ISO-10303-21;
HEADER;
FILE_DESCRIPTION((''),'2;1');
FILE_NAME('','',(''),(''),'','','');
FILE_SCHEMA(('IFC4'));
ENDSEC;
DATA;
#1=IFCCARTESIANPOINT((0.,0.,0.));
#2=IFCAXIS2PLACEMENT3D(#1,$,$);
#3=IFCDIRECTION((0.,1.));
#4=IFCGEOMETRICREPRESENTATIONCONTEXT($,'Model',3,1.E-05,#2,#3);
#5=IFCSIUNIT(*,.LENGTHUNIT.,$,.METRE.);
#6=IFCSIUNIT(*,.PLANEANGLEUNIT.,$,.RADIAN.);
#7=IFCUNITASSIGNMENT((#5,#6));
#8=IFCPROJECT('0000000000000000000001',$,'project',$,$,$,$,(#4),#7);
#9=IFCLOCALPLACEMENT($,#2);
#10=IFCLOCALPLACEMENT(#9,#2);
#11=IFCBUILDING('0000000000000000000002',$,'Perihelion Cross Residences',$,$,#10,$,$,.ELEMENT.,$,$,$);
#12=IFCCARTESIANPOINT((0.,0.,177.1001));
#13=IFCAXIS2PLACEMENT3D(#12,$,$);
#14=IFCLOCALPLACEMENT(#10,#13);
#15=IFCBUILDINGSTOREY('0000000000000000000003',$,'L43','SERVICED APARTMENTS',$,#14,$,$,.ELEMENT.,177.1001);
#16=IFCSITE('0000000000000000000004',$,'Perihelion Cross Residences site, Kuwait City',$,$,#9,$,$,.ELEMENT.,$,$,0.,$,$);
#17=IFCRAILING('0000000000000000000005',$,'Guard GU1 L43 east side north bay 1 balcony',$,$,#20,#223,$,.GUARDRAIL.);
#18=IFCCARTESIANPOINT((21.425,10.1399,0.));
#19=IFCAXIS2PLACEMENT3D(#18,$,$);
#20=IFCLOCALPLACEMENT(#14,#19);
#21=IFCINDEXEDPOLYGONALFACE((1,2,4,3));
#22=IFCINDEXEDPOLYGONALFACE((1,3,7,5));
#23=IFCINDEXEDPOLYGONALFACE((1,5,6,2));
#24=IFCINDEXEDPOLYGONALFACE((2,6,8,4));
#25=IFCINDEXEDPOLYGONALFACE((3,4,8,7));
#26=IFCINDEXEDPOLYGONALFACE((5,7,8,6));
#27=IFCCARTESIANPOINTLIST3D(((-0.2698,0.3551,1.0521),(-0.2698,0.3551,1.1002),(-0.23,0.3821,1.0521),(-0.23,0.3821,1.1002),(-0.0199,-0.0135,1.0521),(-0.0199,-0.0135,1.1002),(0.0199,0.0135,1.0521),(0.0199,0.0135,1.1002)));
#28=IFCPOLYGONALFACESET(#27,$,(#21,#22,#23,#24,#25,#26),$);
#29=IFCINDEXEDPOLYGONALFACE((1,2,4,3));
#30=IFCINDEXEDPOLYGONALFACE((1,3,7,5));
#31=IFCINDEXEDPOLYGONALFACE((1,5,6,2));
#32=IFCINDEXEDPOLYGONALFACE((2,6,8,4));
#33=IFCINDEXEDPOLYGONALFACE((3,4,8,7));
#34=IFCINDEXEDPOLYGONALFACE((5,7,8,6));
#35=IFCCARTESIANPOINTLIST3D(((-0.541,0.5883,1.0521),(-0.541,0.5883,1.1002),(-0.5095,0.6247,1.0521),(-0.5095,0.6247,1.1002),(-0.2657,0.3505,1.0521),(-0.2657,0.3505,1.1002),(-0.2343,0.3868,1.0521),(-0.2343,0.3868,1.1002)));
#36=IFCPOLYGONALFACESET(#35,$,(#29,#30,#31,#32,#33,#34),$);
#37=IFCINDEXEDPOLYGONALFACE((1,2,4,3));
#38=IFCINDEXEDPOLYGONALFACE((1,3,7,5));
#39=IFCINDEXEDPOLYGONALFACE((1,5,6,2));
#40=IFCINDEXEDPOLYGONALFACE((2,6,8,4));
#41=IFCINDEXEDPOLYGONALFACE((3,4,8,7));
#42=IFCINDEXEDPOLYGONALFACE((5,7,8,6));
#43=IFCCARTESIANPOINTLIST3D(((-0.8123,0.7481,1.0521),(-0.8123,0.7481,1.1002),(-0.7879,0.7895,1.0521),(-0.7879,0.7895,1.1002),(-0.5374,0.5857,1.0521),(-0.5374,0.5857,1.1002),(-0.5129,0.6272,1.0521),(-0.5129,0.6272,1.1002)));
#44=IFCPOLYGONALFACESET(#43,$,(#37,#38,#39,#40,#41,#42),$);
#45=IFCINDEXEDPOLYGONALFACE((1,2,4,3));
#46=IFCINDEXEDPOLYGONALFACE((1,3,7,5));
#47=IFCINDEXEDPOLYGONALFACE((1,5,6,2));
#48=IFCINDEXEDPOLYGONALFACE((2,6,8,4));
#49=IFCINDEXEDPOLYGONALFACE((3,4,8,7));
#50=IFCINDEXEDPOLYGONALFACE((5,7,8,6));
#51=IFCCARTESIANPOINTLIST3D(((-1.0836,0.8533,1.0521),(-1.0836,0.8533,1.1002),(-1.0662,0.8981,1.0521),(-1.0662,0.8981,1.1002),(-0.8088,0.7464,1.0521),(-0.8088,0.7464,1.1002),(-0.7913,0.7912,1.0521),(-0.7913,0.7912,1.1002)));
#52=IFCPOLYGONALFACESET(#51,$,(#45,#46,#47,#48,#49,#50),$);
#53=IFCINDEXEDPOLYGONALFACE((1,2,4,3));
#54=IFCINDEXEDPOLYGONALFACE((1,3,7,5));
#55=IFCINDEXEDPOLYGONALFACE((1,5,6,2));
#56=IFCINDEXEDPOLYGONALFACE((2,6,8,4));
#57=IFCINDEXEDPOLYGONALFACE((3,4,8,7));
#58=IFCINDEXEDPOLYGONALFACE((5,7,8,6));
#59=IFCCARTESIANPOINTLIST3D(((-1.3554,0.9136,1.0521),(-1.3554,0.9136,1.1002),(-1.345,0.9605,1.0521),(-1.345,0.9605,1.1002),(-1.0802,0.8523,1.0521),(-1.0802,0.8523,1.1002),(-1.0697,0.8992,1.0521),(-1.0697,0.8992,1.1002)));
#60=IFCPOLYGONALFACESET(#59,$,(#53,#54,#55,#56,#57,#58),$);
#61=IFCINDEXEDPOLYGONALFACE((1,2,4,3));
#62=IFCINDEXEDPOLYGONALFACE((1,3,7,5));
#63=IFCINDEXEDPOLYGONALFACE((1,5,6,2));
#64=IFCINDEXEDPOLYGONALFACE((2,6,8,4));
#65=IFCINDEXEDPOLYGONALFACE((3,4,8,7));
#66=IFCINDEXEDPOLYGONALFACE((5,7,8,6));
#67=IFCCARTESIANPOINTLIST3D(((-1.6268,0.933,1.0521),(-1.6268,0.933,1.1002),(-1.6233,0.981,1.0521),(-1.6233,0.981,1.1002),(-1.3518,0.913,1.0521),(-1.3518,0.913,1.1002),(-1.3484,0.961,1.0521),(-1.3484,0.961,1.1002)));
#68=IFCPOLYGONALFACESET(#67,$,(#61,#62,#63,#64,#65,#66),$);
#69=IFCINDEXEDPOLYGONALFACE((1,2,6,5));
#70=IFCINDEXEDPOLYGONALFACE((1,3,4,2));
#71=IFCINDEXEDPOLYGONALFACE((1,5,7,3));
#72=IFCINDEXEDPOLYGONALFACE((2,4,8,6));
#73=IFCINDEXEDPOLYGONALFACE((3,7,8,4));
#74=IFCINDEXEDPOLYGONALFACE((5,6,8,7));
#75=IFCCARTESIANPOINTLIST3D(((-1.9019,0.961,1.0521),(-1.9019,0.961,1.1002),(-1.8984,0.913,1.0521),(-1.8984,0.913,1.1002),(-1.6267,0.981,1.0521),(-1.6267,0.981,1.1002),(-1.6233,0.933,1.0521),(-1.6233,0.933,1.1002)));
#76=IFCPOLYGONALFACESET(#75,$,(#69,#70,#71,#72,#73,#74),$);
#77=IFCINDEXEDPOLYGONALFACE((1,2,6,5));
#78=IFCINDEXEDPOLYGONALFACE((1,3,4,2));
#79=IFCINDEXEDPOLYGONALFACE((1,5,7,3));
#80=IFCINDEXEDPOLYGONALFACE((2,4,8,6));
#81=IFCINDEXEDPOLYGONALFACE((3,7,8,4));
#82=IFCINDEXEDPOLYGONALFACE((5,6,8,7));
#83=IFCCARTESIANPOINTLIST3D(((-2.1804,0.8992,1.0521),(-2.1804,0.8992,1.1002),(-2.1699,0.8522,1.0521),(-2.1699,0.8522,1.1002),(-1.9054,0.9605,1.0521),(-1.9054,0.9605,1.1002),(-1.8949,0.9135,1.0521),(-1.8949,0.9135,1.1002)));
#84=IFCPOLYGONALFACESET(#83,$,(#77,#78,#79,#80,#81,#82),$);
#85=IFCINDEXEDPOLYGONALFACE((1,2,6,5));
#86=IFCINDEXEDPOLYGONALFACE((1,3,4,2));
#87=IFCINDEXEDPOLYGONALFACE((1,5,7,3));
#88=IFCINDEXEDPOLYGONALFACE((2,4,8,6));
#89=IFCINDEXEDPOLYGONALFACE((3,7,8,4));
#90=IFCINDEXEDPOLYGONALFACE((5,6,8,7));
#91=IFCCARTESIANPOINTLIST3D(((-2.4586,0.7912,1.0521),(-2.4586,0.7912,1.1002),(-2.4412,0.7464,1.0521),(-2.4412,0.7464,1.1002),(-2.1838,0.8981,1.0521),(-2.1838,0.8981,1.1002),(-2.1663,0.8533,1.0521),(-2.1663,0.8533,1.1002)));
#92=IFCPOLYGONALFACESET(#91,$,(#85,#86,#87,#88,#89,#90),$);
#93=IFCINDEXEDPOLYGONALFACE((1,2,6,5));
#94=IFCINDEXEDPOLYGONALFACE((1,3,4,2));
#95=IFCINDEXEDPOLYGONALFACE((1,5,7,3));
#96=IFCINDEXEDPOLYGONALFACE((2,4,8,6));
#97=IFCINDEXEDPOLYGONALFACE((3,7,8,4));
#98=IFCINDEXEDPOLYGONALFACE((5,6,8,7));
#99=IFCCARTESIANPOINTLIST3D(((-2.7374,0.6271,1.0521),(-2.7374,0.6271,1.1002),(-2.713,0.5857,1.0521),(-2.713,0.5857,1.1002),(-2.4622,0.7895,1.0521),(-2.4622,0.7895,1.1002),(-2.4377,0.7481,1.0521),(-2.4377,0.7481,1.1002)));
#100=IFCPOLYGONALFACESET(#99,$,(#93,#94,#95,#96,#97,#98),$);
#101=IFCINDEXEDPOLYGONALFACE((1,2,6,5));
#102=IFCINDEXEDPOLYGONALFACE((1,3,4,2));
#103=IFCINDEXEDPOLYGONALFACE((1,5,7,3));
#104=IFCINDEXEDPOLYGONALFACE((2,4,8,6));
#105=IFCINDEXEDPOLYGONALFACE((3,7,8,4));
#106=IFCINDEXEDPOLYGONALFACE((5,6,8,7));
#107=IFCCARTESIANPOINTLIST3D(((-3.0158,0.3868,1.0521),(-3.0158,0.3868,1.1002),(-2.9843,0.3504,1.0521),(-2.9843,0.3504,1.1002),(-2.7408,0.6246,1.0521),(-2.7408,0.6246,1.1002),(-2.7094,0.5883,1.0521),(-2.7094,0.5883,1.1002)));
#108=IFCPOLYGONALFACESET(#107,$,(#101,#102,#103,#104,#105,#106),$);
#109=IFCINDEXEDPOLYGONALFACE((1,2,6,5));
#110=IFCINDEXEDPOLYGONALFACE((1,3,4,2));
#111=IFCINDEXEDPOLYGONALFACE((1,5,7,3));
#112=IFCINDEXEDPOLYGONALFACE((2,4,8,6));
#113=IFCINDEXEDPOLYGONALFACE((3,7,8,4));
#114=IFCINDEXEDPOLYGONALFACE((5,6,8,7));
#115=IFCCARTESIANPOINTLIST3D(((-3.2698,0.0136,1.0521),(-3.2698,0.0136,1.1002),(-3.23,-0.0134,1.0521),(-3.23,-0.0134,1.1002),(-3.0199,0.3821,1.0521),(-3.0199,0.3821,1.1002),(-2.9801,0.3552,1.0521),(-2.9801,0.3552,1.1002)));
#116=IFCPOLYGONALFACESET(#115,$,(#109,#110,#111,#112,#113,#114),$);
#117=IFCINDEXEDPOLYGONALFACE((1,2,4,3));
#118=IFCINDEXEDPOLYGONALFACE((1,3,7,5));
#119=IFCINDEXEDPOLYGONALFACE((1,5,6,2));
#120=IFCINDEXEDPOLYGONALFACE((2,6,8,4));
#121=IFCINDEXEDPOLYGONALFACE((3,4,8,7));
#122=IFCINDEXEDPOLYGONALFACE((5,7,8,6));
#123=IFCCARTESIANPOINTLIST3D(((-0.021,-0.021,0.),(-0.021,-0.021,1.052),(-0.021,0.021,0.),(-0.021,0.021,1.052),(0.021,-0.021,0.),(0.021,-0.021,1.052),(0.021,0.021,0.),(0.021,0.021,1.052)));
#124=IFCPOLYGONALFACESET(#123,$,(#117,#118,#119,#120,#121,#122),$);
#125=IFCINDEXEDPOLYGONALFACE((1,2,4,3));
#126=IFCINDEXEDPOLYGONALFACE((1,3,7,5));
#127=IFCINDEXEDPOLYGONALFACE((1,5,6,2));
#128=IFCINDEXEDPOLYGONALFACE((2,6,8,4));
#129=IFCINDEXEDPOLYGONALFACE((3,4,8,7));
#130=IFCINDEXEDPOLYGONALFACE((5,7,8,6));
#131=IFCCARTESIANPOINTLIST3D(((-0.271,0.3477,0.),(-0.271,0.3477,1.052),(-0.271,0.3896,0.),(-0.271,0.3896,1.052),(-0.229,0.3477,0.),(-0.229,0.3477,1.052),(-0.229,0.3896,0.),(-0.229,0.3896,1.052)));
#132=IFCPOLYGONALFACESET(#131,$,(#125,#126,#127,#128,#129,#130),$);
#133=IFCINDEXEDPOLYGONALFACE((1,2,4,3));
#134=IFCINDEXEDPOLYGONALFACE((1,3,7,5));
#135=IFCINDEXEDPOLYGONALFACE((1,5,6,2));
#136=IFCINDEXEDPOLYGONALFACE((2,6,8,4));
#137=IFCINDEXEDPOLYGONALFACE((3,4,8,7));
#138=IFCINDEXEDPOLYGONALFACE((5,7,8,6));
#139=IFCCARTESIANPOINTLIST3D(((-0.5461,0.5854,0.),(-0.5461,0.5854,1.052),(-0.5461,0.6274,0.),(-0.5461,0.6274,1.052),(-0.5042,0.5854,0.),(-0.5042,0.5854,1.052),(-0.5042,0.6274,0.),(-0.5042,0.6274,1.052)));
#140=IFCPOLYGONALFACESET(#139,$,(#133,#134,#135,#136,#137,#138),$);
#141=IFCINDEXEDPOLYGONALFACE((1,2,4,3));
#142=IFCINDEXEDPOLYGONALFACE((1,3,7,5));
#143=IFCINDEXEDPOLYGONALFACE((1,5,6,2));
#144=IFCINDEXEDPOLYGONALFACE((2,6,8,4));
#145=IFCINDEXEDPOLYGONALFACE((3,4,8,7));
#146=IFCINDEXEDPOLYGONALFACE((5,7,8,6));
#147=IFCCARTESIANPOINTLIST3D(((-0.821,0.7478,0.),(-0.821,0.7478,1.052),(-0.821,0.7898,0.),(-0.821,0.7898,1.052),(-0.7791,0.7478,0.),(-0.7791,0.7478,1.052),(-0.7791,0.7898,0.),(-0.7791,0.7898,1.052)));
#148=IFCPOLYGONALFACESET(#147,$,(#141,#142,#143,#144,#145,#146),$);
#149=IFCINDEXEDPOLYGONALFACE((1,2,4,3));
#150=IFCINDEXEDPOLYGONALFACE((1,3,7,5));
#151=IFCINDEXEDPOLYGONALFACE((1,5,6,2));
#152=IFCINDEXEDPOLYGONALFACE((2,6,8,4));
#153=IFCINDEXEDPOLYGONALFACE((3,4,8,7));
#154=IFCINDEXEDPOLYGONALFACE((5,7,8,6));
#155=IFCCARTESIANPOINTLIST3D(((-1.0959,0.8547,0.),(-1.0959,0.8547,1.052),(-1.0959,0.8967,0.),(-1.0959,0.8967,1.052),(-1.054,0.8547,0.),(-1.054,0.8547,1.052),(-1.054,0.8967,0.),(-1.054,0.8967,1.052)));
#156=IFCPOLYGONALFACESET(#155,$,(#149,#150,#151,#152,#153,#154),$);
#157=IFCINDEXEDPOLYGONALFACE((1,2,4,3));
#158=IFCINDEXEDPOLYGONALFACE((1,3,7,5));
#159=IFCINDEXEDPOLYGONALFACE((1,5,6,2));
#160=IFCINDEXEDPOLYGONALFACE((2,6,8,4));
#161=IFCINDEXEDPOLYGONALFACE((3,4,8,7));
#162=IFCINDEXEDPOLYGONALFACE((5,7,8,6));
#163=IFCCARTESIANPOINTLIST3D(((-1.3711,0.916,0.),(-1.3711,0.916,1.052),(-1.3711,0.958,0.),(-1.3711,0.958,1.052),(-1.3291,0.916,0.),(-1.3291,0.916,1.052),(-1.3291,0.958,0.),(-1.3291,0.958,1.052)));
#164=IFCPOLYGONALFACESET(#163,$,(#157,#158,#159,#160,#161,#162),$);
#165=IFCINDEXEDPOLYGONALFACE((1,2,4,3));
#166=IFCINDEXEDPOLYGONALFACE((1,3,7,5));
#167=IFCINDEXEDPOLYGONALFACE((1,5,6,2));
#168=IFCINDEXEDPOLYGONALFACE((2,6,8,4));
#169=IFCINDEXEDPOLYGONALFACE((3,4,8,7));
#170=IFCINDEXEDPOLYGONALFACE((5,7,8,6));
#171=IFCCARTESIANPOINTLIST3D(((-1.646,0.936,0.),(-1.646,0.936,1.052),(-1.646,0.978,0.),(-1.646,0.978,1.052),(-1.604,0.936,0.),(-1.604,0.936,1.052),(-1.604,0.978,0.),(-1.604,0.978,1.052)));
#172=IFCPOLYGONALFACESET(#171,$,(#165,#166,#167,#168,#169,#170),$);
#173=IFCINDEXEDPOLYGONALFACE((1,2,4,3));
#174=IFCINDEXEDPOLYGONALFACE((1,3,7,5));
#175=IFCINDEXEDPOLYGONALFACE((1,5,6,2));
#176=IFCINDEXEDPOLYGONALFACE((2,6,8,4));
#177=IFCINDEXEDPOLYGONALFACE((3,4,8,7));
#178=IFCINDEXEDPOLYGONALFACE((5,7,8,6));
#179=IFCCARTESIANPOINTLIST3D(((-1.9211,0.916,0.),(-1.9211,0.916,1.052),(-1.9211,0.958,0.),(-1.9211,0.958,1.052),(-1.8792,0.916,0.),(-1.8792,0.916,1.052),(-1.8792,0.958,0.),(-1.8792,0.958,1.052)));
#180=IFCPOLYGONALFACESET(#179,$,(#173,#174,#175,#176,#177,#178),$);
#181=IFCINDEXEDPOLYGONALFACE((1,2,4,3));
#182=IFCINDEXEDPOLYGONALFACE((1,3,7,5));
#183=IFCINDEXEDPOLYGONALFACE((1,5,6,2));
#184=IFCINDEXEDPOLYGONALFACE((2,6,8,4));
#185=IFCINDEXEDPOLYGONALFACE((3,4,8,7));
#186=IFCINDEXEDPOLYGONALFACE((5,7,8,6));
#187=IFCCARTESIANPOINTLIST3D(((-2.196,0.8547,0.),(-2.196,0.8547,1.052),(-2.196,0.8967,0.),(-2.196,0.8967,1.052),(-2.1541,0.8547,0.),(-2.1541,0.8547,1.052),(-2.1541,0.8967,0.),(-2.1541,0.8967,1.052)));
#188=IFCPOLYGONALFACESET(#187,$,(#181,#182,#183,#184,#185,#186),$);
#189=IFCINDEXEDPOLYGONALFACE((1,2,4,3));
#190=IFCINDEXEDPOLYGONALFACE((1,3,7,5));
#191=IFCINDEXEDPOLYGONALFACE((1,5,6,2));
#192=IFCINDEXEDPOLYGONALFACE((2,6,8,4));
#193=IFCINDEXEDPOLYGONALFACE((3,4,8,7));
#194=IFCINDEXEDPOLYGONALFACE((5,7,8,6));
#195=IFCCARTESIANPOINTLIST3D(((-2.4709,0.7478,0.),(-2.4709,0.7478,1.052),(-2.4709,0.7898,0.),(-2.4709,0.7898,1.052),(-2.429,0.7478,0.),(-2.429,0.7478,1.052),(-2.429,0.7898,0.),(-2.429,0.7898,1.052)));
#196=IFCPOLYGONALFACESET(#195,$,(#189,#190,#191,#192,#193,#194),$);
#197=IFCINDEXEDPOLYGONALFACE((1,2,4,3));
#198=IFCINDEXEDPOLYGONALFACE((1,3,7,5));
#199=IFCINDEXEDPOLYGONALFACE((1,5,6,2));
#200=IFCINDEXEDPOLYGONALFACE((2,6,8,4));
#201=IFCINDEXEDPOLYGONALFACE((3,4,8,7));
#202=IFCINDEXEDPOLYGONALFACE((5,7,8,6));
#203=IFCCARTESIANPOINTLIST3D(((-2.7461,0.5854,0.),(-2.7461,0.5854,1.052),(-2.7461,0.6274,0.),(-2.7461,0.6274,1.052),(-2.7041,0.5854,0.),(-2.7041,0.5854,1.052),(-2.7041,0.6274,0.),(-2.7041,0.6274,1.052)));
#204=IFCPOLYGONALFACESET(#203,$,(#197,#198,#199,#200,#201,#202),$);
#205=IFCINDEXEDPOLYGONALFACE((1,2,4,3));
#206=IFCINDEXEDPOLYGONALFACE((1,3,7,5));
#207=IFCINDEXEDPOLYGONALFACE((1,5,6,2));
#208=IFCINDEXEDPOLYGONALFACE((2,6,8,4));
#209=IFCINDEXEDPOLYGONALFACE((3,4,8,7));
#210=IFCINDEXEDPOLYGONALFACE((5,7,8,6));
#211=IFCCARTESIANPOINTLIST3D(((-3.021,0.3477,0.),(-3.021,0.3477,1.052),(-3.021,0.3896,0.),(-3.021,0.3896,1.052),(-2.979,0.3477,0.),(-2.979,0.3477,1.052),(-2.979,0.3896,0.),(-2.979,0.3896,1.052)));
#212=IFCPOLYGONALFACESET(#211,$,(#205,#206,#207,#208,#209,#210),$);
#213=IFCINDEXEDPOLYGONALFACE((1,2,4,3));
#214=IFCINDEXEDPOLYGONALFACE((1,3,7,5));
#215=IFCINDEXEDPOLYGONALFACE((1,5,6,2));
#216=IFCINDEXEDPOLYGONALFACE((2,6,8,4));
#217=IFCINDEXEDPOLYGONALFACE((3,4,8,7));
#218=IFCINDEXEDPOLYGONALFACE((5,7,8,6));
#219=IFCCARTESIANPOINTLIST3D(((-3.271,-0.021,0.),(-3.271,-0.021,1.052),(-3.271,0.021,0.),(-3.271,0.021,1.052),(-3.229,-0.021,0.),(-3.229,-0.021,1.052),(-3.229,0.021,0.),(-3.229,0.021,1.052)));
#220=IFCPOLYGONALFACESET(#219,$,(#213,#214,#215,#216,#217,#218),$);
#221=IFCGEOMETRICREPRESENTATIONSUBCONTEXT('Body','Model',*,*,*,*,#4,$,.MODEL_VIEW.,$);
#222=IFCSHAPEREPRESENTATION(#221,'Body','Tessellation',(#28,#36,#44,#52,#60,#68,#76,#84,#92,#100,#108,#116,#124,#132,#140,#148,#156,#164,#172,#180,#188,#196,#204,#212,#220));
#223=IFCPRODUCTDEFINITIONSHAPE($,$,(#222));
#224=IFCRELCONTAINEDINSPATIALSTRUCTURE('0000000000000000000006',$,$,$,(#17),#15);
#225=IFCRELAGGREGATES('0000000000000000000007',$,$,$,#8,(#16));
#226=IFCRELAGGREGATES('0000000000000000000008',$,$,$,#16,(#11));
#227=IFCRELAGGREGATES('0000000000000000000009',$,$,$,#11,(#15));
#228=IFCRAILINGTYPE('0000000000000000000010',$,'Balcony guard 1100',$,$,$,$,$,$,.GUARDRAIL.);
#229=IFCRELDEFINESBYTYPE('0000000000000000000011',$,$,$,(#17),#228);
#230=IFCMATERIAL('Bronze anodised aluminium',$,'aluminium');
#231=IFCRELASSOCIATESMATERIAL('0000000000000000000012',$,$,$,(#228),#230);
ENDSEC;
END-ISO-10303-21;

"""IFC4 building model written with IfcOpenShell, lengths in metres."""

from ifc_helpers import new_model, si_unit, direction, frame, origin, origin_2d, place, context, subcontext, project, spatial, rectangle, extrude, material, type_object, element, save


model = new_model("IFC4")

# Units and contexts
model_context = context("Model", 3, precision=1e-05, world=origin(), true_north=direction((0.0, 1.0)))
body_context = subcontext(model_context, "Body", "Model", "MODEL_VIEW")
ifc_project = project(units=[si_unit("LENGTHUNIT", "METRE"), si_unit("PLANEANGLEUNIT", "RADIAN")], contexts=[model_context])

# Site, building, storey
site_placement = place(None, origin())
site = spatial("IfcSite", under=ifc_project, at=site_placement, Name="Perihelion Cross Residences site, Kuwait City", CompositionType="ELEMENT", RefElevation=0.0)
building_placement = place(site_placement, origin())
building = spatial("IfcBuilding", under=site, at=building_placement, Name="Perihelion Cross Residences", CompositionType="ELEMENT")
storey_placement = place(building_placement, frame((0.0, 0.0, 177.1001)))
storey = spatial("IfcBuildingStorey", under=building, at=storey_placement, Name="L43", Description="SERVICED APARTMENTS", CompositionType="ELEMENT", Elevation=177.1001)

# Railing
ifc_material_1 = material(Name="Bronze anodised aluminium", Category="aluminium")
railing_type_1 = type_object("IfcRailingType", Name="Balcony guard 1100", PredefinedType="GUARDRAIL", material=ifc_material_1)
railing_1_placement = place(storey_placement, frame((21.425, 10.1399, 0.0)))
element("IfcRailing", 1, at=railing_1_placement, inside=storey, type_object=railing_type_1, Name="Guard GU1 L43 east side north bay 1 balcony", PredefinedType="GUARDRAIL", context=body_context, shape_type="SweptSolid", body=[
    extrude(rectangle(XDim=0.0481, YDim=0.0481, at=origin_2d()), frame((0.0, 0.0, 1.0762), z_axis=(-0.56126, 0.827639, 0.0), x_axis=(-0.827639, -0.56126, 0.0)), (0.0, 0.0, 1.0), 0.4453),
    extrude(rectangle(XDim=0.0481, YDim=0.0481, at=origin_2d()), frame((-0.25, 0.3687, 1.0762), z_axis=(-0.756597, 0.653882, 0.0), x_axis=(-0.653882, -0.756597, 0.0)), (0.0, 0.0, 1.0), 0.3638),
    extrude(rectangle(XDim=0.0481, YDim=0.0481, at=origin_2d()), frame((-0.5251, 0.6064, 1.0762), z_axis=(-0.861048, 0.508523, 0.0), x_axis=(-0.508523, -0.861048, 0.0)), (0.0, 0.0, 1.0), 0.3193),
    extrude(rectangle(XDim=0.0481, YDim=0.0481, at=origin_2d()), frame((-0.8, 0.7688, 1.0762), z_axis=(-0.931974, 0.362526, 0.0), x_axis=(-0.362526, -0.931974, 0.0)), (0.0, 0.0, 1.0), 0.2949),
    extrude(rectangle(XDim=0.0481, YDim=0.0481, at=origin_2d()), frame((-1.075, 0.8757, 1.0762), z_axis=(-0.976085, 0.217389, 0.0), x_axis=(-0.217389, -0.976085, 0.0)), (0.0, 0.0, 1.0), 0.282),
    extrude(rectangle(XDim=0.0481, YDim=0.0481, at=origin_2d()), frame((-1.3501, 0.937, 1.0762), z_axis=(-0.997359, 0.072632, 0.0), x_axis=(-0.072632, -0.997359, 0.0)), (0.0, 0.0, 1.0), 0.2756),
    extrude(rectangle(XDim=0.0481, YDim=0.0481, at=origin_2d()), frame((-1.625, 0.957, 1.0762), z_axis=(-0.997363, -0.072568, 0.0), x_axis=(0.072568, -0.997363, 0.0)), (0.0, 0.0, 1.0), 0.2759),
    extrude(rectangle(XDim=0.0481, YDim=0.0481, at=origin_2d()), frame((-1.9001, 0.937, 1.0762), z_axis=(-0.976044, -0.217573, 0.0), x_axis=(0.217573, -0.976044, 0.0)), (0.0, 0.0, 1.0), 0.2817),
    extrude(rectangle(XDim=0.0481, YDim=0.0481, at=origin_2d()), frame((-2.175, 0.8757, 1.0762), z_axis=(-0.931974, -0.362526, 0.0), x_axis=(0.362526, -0.931974, 0.0)), (0.0, 0.0, 1.0), 0.2949),
    extrude(rectangle(XDim=0.0481, YDim=0.0481, at=origin_2d()), frame((-2.45, 0.7688, 1.0762), z_axis=(-0.861246, -0.508189, 0.0), x_axis=(0.508189, -0.861246, 0.0)), (0.0, 0.0, 1.0), 0.3196),
    extrude(rectangle(XDim=0.0481, YDim=0.0481, at=origin_2d()), frame((-2.7251, 0.6064, 1.0762), z_axis=(-0.756309, -0.654214, 0.0), x_axis=(0.654214, -0.756309, 0.0)), (0.0, 0.0, 1.0), 0.3635),
    extrude(rectangle(XDim=0.0481, YDim=0.0481, at=origin_2d()), frame((-3.0, 0.3687, 1.0762), z_axis=(-0.56126, -0.827639, 0.0), x_axis=(0.827639, -0.56126, 0.0)), (0.0, 0.0, 1.0), 0.4453),
    extrude(rectangle(XDim=0.042, YDim=0.042, at=origin_2d()), origin(), (0.0, 0.0, 1.0), 1.052),
    extrude(rectangle(XDim=0.042, YDim=0.042, at=origin_2d()), frame((-0.25, 0.3687, 0.0)), (0.0, 0.0, 1.0), 1.052),
    extrude(rectangle(XDim=0.042, YDim=0.042, at=origin_2d()), frame((-0.5251, 0.6064, 0.0)), (0.0, 0.0, 1.0), 1.052),
    extrude(rectangle(XDim=0.042, YDim=0.042, at=origin_2d()), frame((-0.8, 0.7688, 0.0)), (0.0, 0.0, 1.0), 1.052),
    extrude(rectangle(XDim=0.042, YDim=0.042, at=origin_2d()), frame((-1.075, 0.8757, 0.0)), (0.0, 0.0, 1.0), 1.052),
    extrude(rectangle(XDim=0.042, YDim=0.042, at=origin_2d()), frame((-1.3501, 0.937, 0.0)), (0.0, 0.0, 1.0), 1.052),
    extrude(rectangle(XDim=0.042, YDim=0.042, at=origin_2d()), frame((-1.625, 0.957, 0.0)), (0.0, 0.0, 1.0), 1.052),
    extrude(rectangle(XDim=0.042, YDim=0.042, at=origin_2d()), frame((-1.9001, 0.937, 0.0)), (0.0, 0.0, 1.0), 1.052),
    extrude(rectangle(XDim=0.042, YDim=0.042, at=origin_2d()), frame((-2.175, 0.8757, 0.0)), (0.0, 0.0, 1.0), 1.052),
    extrude(rectangle(XDim=0.042, YDim=0.042, at=origin_2d()), frame((-2.45, 0.7688, 0.0)), (0.0, 0.0, 1.0), 1.052),
    extrude(rectangle(XDim=0.042, YDim=0.042, at=origin_2d()), frame((-2.7251, 0.6064, 0.0)), (0.0, 0.0, 1.0), 1.052),
    extrude(rectangle(XDim=0.042, YDim=0.042, at=origin_2d()), frame((-3.0, 0.3687, 0.0)), (0.0, 0.0, 1.0), 1.052),
    extrude(rectangle(XDim=0.042, YDim=0.042, at=origin_2d()), frame((-3.25, 0.0, 0.0)), (0.0, 0.0, 1.0), 1.052),
])

save(model, "model.ifc")
